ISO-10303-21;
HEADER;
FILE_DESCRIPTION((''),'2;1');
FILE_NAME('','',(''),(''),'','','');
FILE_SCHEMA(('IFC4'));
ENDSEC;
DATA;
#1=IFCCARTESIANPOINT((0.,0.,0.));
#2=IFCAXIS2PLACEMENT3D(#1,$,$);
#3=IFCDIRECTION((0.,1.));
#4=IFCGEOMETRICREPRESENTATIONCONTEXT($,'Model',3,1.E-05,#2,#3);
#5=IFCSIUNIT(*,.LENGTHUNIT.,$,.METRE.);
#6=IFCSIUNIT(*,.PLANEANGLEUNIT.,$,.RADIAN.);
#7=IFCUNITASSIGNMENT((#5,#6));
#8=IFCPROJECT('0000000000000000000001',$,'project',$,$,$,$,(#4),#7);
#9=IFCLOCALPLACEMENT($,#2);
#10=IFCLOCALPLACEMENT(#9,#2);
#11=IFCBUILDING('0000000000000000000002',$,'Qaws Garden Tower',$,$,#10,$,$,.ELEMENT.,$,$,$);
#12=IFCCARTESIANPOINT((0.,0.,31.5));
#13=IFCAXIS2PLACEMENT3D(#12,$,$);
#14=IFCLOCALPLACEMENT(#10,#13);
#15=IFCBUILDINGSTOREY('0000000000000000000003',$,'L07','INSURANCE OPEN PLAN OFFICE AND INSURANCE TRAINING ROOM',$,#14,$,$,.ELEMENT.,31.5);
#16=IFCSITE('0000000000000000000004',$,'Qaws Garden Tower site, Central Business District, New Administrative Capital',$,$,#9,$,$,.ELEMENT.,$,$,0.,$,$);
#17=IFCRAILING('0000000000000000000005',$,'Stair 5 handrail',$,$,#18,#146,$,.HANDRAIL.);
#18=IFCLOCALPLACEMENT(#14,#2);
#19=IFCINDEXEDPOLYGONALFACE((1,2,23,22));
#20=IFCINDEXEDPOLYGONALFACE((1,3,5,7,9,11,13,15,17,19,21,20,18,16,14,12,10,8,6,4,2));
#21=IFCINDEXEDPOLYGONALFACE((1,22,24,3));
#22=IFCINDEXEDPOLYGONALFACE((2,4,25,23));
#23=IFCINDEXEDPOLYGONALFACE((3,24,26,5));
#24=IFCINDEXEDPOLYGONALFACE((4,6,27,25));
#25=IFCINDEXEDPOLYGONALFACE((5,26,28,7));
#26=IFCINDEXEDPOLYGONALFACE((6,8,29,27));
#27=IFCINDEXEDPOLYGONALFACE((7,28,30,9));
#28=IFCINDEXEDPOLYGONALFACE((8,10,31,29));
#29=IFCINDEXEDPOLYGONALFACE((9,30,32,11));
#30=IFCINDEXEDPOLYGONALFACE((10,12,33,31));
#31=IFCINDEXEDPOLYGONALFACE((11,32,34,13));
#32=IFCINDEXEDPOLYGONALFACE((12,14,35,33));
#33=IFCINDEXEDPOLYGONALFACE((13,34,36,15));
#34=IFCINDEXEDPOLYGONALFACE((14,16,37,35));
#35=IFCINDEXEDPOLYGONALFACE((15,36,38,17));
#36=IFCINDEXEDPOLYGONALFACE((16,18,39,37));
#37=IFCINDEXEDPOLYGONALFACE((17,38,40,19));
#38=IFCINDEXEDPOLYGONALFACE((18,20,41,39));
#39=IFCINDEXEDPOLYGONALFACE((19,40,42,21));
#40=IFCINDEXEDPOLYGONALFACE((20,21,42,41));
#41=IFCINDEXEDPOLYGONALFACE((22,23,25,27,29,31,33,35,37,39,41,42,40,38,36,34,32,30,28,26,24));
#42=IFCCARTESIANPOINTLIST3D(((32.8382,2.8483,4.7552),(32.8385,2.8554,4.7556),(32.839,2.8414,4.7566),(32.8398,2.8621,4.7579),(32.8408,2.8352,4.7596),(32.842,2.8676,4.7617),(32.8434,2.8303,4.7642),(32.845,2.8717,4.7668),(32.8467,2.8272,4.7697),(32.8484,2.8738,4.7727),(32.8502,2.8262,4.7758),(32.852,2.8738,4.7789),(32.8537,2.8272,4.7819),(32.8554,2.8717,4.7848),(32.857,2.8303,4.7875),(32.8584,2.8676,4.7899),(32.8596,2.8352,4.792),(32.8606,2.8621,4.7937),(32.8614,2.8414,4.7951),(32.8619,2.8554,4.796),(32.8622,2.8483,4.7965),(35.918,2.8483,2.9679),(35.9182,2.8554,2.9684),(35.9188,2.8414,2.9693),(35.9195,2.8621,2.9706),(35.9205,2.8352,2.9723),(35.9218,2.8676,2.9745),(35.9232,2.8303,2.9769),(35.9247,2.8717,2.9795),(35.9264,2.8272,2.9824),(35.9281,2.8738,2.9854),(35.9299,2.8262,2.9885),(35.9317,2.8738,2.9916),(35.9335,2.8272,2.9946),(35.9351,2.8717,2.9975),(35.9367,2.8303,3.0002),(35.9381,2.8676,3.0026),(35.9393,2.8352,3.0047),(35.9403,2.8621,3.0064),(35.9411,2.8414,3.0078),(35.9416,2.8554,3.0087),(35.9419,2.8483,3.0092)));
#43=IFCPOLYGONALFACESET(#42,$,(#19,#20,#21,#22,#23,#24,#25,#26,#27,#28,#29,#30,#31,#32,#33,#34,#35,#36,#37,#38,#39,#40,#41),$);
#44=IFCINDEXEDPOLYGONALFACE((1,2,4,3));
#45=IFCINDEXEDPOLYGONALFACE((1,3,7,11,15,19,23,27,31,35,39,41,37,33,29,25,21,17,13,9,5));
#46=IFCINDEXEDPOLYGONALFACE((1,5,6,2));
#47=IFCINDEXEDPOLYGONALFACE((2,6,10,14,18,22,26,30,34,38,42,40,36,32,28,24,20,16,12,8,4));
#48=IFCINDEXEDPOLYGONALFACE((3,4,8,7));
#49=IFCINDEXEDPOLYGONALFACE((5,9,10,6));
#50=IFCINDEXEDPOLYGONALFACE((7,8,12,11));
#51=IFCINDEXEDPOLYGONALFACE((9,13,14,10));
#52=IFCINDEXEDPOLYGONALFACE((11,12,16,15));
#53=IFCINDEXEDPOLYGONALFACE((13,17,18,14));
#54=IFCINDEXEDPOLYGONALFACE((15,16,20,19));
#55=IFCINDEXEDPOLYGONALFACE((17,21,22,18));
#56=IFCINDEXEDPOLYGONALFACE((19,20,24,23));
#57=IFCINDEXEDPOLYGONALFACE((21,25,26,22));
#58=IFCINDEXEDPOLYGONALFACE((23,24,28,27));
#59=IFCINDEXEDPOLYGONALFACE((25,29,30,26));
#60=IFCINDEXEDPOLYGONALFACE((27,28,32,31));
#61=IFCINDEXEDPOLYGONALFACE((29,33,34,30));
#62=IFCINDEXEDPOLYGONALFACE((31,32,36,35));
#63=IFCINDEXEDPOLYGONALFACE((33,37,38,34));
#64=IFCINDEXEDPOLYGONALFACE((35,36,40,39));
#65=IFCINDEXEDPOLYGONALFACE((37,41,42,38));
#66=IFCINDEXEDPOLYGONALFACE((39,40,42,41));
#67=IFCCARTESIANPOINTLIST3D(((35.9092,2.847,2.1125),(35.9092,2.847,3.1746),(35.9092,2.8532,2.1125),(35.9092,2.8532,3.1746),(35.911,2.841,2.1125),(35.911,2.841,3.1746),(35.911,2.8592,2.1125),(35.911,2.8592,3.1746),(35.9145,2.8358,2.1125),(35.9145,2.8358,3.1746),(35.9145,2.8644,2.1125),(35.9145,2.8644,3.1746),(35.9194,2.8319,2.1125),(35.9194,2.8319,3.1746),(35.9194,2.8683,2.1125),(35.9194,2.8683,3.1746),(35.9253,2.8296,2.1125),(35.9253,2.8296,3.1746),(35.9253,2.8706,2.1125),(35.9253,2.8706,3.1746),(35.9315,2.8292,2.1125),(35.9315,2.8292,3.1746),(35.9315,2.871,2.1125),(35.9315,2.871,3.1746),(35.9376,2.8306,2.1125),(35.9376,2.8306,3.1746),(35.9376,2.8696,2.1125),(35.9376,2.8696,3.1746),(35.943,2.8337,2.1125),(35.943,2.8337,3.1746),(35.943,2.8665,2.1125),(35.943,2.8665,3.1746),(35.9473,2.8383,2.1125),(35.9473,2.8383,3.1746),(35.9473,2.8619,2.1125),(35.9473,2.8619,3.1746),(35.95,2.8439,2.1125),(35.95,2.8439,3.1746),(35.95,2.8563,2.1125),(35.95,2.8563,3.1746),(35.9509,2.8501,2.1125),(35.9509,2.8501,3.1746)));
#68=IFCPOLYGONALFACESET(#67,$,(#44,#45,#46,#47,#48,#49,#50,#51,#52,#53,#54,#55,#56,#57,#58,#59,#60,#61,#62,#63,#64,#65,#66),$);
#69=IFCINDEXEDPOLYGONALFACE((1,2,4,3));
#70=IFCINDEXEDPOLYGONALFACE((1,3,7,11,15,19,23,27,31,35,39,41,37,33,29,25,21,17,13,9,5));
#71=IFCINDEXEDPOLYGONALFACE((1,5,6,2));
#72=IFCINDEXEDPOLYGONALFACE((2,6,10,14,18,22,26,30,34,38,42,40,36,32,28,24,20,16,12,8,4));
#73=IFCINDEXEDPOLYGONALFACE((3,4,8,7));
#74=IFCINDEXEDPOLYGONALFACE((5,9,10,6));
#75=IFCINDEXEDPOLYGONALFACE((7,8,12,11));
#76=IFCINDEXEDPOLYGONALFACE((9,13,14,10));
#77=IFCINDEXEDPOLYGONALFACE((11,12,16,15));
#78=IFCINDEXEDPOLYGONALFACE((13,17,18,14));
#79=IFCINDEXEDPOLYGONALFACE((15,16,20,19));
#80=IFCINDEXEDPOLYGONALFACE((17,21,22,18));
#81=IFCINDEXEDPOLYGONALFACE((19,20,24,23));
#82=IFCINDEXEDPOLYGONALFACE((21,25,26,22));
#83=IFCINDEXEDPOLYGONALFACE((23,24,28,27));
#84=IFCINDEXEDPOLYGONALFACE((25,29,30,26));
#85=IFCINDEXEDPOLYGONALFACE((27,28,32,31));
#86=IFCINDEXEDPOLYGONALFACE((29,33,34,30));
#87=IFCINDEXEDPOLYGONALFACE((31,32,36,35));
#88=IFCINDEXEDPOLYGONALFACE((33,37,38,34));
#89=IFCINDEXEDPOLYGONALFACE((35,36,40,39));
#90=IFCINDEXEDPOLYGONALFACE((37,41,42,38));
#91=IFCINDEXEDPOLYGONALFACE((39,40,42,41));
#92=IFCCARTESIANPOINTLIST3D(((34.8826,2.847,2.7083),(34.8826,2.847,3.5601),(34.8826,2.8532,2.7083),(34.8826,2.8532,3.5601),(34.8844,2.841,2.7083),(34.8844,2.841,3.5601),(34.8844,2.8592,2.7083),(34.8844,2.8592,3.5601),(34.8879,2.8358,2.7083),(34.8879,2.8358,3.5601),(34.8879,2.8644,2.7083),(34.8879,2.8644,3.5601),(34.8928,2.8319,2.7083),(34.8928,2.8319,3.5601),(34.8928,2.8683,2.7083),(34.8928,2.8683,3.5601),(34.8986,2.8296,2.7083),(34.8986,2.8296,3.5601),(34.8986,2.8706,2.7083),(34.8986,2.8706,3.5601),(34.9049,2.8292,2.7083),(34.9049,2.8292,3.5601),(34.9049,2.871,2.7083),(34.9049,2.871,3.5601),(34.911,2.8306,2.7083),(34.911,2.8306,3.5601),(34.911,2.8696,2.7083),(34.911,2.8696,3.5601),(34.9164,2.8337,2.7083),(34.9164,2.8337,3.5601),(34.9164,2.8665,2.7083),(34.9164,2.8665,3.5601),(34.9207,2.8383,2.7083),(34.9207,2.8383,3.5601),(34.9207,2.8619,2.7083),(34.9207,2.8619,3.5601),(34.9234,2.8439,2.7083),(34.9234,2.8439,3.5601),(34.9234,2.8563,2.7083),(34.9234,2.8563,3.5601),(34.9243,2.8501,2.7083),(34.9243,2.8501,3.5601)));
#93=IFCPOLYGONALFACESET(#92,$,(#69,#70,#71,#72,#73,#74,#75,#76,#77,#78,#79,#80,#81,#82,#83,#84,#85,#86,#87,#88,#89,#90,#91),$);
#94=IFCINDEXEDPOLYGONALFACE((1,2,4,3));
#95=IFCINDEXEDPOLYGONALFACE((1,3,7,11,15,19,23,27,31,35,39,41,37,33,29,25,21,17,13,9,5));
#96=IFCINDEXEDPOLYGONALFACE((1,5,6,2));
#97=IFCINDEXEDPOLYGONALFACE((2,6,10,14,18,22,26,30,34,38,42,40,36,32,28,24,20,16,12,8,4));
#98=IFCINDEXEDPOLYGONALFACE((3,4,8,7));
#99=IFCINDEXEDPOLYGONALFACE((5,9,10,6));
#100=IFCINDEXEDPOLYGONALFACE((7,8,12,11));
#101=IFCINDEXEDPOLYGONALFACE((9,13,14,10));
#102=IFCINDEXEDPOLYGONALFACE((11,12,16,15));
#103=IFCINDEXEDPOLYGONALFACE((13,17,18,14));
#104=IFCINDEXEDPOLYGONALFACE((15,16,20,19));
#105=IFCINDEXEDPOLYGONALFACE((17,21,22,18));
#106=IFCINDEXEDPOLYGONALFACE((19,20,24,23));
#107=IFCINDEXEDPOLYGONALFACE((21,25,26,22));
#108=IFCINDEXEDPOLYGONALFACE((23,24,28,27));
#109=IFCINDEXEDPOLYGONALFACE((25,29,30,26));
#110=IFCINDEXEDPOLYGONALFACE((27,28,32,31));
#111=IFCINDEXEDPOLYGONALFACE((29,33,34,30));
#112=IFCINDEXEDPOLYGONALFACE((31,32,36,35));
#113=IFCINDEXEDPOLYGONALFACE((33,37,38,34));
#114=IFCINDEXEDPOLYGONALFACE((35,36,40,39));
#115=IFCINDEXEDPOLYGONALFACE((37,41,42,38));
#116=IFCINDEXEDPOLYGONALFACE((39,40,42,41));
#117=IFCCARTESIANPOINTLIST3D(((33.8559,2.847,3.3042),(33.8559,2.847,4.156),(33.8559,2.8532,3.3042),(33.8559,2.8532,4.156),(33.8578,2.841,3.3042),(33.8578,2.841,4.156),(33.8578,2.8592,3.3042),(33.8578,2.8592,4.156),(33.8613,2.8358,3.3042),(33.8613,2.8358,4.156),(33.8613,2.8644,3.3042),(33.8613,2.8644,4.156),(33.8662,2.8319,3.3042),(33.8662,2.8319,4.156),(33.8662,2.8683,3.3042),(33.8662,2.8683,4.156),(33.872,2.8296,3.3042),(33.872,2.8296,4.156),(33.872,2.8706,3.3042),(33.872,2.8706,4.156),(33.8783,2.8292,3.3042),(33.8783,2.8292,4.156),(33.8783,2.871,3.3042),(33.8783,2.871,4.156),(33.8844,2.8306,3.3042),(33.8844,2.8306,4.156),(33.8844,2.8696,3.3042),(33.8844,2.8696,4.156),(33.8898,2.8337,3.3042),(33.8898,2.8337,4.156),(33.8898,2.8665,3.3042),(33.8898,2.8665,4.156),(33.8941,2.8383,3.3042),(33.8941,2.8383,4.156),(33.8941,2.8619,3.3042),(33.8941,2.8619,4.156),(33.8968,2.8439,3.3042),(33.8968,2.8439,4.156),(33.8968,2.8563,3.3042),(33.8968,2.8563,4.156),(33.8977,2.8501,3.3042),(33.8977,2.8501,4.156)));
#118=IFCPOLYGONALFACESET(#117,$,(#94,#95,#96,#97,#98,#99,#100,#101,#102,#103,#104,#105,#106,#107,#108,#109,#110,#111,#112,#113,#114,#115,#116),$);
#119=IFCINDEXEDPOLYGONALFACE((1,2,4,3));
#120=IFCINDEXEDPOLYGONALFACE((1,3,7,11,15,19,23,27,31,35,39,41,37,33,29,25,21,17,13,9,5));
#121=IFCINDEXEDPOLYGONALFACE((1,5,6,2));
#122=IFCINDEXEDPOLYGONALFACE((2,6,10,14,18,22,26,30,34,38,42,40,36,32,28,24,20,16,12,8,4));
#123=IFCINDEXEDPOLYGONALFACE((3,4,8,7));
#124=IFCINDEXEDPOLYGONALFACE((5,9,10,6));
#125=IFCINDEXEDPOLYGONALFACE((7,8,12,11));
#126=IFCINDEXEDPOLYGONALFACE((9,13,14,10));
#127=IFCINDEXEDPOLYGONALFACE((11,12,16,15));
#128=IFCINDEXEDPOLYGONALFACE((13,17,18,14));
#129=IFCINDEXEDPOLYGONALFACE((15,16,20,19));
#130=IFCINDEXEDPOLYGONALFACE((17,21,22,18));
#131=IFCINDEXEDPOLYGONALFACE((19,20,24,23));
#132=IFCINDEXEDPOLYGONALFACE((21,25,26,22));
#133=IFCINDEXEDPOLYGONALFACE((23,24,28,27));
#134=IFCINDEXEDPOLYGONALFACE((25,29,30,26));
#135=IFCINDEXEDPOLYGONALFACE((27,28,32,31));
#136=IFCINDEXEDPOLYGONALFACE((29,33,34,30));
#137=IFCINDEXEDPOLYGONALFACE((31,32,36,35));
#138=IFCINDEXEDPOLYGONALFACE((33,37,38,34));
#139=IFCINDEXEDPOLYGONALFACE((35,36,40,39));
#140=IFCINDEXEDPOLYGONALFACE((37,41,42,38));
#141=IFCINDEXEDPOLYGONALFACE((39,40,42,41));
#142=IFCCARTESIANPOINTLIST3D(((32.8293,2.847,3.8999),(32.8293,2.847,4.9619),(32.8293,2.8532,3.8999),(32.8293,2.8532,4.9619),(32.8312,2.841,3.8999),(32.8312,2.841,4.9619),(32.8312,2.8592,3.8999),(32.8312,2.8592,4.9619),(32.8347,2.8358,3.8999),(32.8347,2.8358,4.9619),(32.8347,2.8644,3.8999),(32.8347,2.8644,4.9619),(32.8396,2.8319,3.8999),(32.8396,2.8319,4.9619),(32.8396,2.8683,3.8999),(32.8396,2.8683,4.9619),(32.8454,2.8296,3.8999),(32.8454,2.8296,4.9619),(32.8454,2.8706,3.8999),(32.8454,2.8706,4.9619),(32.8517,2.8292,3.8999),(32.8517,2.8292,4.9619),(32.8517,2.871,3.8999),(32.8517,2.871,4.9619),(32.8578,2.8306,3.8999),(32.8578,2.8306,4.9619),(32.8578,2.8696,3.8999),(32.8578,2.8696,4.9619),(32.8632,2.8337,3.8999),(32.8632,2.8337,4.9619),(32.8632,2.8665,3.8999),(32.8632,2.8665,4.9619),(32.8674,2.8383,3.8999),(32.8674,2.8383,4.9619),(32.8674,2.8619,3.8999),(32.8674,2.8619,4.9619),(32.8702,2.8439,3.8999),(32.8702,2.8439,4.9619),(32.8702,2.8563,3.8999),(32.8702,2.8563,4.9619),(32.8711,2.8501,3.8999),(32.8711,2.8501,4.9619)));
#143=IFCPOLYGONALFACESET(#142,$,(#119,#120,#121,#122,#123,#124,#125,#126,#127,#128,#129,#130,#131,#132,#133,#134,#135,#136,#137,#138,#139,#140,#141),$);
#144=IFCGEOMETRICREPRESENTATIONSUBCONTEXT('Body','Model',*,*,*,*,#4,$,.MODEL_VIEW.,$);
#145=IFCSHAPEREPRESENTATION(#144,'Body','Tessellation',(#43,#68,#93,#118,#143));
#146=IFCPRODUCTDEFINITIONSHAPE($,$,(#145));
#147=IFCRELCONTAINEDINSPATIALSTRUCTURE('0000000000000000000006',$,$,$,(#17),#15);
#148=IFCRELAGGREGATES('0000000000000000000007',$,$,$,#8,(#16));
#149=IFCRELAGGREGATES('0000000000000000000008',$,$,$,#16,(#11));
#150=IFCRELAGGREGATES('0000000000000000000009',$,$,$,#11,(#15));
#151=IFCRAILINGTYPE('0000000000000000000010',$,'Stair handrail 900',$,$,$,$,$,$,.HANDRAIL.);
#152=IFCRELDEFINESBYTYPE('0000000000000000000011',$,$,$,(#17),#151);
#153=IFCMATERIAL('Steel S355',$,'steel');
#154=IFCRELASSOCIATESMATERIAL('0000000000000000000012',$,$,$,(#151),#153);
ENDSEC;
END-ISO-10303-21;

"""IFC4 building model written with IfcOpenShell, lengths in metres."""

from ifc_helpers import new_model, si_unit, direction, frame, origin, origin_2d, place, context, subcontext, project, spatial, circle, extrude, material, type_object, element, save


model = new_model("IFC4")

# Units and contexts
model_context = context("Model", 3, precision=1e-05, world=origin(), true_north=direction((0.0, 1.0)))
body_context = subcontext(model_context, "Body", "Model", "MODEL_VIEW")
ifc_project = project(units=[si_unit("LENGTHUNIT", "METRE"), si_unit("PLANEANGLEUNIT", "RADIAN")], contexts=[model_context])

# Site, building, storey
site_placement = place(None, origin())
site = spatial("IfcSite", under=ifc_project, at=site_placement, Name="Qaws Garden Tower site, Central Business District, New Administrative Capital", CompositionType="ELEMENT", RefElevation=0.0)
building_placement = place(site_placement, origin())
building = spatial("IfcBuilding", under=site, at=building_placement, Name="Qaws Garden Tower", CompositionType="ELEMENT")
storey_placement = place(building_placement, frame((0.0, 0.0, 31.5)))
storey = spatial("IfcBuildingStorey", under=building, at=storey_placement, Name="L07", Description="INSURANCE OPEN PLAN OFFICE AND INSURANCE TRAINING ROOM", CompositionType="ELEMENT", Elevation=31.5)

# Railing
ifc_material_1 = material(Name="Steel S355", Category="steel")
railing_type = type_object("IfcRailingType", Name="Stair handrail 900", PredefinedType="HANDRAIL", material=ifc_material_1)
railing_1_placement = place(storey_placement, frame((35.9299, 2.8501, 2.1125)))
element("IfcRailing", 1, at=railing_1_placement, inside=storey, type_object=railing_type, Name="Stair 5 handrail", PredefinedType="HANDRAIL", context=body_context, shape_type="SweptSolid", body=[
    extrude(circle(Radius=0.0239, at=origin_2d()), frame((0.0, 0.0, 0.876), z_axis=(-0.864903, 0.0, 0.501939), x_axis=(0.0, -1.0, 0.0)), (0.0, 0.0, 1.0), 3.5608),
    extrude(circle(Radius=0.021, at=origin_2d()), origin(), (0.0, 0.0, 1.0), 1.062),
    extrude(circle(Radius=0.021, at=origin_2d()), frame((-1.0266, 0.0, 0.5957)), (0.0, 0.0, 1.0), 0.8518),
    extrude(circle(Radius=0.021, at=origin_2d()), frame((-2.0532, 0.0, 1.1917)), (0.0, 0.0, 1.0), 0.8518),
    extrude(circle(Radius=0.021, at=origin_2d()), frame((-3.0798, 0.0, 1.7874)), (0.0, 0.0, 1.0), 1.062),
])

save(model, "model.ifc")
